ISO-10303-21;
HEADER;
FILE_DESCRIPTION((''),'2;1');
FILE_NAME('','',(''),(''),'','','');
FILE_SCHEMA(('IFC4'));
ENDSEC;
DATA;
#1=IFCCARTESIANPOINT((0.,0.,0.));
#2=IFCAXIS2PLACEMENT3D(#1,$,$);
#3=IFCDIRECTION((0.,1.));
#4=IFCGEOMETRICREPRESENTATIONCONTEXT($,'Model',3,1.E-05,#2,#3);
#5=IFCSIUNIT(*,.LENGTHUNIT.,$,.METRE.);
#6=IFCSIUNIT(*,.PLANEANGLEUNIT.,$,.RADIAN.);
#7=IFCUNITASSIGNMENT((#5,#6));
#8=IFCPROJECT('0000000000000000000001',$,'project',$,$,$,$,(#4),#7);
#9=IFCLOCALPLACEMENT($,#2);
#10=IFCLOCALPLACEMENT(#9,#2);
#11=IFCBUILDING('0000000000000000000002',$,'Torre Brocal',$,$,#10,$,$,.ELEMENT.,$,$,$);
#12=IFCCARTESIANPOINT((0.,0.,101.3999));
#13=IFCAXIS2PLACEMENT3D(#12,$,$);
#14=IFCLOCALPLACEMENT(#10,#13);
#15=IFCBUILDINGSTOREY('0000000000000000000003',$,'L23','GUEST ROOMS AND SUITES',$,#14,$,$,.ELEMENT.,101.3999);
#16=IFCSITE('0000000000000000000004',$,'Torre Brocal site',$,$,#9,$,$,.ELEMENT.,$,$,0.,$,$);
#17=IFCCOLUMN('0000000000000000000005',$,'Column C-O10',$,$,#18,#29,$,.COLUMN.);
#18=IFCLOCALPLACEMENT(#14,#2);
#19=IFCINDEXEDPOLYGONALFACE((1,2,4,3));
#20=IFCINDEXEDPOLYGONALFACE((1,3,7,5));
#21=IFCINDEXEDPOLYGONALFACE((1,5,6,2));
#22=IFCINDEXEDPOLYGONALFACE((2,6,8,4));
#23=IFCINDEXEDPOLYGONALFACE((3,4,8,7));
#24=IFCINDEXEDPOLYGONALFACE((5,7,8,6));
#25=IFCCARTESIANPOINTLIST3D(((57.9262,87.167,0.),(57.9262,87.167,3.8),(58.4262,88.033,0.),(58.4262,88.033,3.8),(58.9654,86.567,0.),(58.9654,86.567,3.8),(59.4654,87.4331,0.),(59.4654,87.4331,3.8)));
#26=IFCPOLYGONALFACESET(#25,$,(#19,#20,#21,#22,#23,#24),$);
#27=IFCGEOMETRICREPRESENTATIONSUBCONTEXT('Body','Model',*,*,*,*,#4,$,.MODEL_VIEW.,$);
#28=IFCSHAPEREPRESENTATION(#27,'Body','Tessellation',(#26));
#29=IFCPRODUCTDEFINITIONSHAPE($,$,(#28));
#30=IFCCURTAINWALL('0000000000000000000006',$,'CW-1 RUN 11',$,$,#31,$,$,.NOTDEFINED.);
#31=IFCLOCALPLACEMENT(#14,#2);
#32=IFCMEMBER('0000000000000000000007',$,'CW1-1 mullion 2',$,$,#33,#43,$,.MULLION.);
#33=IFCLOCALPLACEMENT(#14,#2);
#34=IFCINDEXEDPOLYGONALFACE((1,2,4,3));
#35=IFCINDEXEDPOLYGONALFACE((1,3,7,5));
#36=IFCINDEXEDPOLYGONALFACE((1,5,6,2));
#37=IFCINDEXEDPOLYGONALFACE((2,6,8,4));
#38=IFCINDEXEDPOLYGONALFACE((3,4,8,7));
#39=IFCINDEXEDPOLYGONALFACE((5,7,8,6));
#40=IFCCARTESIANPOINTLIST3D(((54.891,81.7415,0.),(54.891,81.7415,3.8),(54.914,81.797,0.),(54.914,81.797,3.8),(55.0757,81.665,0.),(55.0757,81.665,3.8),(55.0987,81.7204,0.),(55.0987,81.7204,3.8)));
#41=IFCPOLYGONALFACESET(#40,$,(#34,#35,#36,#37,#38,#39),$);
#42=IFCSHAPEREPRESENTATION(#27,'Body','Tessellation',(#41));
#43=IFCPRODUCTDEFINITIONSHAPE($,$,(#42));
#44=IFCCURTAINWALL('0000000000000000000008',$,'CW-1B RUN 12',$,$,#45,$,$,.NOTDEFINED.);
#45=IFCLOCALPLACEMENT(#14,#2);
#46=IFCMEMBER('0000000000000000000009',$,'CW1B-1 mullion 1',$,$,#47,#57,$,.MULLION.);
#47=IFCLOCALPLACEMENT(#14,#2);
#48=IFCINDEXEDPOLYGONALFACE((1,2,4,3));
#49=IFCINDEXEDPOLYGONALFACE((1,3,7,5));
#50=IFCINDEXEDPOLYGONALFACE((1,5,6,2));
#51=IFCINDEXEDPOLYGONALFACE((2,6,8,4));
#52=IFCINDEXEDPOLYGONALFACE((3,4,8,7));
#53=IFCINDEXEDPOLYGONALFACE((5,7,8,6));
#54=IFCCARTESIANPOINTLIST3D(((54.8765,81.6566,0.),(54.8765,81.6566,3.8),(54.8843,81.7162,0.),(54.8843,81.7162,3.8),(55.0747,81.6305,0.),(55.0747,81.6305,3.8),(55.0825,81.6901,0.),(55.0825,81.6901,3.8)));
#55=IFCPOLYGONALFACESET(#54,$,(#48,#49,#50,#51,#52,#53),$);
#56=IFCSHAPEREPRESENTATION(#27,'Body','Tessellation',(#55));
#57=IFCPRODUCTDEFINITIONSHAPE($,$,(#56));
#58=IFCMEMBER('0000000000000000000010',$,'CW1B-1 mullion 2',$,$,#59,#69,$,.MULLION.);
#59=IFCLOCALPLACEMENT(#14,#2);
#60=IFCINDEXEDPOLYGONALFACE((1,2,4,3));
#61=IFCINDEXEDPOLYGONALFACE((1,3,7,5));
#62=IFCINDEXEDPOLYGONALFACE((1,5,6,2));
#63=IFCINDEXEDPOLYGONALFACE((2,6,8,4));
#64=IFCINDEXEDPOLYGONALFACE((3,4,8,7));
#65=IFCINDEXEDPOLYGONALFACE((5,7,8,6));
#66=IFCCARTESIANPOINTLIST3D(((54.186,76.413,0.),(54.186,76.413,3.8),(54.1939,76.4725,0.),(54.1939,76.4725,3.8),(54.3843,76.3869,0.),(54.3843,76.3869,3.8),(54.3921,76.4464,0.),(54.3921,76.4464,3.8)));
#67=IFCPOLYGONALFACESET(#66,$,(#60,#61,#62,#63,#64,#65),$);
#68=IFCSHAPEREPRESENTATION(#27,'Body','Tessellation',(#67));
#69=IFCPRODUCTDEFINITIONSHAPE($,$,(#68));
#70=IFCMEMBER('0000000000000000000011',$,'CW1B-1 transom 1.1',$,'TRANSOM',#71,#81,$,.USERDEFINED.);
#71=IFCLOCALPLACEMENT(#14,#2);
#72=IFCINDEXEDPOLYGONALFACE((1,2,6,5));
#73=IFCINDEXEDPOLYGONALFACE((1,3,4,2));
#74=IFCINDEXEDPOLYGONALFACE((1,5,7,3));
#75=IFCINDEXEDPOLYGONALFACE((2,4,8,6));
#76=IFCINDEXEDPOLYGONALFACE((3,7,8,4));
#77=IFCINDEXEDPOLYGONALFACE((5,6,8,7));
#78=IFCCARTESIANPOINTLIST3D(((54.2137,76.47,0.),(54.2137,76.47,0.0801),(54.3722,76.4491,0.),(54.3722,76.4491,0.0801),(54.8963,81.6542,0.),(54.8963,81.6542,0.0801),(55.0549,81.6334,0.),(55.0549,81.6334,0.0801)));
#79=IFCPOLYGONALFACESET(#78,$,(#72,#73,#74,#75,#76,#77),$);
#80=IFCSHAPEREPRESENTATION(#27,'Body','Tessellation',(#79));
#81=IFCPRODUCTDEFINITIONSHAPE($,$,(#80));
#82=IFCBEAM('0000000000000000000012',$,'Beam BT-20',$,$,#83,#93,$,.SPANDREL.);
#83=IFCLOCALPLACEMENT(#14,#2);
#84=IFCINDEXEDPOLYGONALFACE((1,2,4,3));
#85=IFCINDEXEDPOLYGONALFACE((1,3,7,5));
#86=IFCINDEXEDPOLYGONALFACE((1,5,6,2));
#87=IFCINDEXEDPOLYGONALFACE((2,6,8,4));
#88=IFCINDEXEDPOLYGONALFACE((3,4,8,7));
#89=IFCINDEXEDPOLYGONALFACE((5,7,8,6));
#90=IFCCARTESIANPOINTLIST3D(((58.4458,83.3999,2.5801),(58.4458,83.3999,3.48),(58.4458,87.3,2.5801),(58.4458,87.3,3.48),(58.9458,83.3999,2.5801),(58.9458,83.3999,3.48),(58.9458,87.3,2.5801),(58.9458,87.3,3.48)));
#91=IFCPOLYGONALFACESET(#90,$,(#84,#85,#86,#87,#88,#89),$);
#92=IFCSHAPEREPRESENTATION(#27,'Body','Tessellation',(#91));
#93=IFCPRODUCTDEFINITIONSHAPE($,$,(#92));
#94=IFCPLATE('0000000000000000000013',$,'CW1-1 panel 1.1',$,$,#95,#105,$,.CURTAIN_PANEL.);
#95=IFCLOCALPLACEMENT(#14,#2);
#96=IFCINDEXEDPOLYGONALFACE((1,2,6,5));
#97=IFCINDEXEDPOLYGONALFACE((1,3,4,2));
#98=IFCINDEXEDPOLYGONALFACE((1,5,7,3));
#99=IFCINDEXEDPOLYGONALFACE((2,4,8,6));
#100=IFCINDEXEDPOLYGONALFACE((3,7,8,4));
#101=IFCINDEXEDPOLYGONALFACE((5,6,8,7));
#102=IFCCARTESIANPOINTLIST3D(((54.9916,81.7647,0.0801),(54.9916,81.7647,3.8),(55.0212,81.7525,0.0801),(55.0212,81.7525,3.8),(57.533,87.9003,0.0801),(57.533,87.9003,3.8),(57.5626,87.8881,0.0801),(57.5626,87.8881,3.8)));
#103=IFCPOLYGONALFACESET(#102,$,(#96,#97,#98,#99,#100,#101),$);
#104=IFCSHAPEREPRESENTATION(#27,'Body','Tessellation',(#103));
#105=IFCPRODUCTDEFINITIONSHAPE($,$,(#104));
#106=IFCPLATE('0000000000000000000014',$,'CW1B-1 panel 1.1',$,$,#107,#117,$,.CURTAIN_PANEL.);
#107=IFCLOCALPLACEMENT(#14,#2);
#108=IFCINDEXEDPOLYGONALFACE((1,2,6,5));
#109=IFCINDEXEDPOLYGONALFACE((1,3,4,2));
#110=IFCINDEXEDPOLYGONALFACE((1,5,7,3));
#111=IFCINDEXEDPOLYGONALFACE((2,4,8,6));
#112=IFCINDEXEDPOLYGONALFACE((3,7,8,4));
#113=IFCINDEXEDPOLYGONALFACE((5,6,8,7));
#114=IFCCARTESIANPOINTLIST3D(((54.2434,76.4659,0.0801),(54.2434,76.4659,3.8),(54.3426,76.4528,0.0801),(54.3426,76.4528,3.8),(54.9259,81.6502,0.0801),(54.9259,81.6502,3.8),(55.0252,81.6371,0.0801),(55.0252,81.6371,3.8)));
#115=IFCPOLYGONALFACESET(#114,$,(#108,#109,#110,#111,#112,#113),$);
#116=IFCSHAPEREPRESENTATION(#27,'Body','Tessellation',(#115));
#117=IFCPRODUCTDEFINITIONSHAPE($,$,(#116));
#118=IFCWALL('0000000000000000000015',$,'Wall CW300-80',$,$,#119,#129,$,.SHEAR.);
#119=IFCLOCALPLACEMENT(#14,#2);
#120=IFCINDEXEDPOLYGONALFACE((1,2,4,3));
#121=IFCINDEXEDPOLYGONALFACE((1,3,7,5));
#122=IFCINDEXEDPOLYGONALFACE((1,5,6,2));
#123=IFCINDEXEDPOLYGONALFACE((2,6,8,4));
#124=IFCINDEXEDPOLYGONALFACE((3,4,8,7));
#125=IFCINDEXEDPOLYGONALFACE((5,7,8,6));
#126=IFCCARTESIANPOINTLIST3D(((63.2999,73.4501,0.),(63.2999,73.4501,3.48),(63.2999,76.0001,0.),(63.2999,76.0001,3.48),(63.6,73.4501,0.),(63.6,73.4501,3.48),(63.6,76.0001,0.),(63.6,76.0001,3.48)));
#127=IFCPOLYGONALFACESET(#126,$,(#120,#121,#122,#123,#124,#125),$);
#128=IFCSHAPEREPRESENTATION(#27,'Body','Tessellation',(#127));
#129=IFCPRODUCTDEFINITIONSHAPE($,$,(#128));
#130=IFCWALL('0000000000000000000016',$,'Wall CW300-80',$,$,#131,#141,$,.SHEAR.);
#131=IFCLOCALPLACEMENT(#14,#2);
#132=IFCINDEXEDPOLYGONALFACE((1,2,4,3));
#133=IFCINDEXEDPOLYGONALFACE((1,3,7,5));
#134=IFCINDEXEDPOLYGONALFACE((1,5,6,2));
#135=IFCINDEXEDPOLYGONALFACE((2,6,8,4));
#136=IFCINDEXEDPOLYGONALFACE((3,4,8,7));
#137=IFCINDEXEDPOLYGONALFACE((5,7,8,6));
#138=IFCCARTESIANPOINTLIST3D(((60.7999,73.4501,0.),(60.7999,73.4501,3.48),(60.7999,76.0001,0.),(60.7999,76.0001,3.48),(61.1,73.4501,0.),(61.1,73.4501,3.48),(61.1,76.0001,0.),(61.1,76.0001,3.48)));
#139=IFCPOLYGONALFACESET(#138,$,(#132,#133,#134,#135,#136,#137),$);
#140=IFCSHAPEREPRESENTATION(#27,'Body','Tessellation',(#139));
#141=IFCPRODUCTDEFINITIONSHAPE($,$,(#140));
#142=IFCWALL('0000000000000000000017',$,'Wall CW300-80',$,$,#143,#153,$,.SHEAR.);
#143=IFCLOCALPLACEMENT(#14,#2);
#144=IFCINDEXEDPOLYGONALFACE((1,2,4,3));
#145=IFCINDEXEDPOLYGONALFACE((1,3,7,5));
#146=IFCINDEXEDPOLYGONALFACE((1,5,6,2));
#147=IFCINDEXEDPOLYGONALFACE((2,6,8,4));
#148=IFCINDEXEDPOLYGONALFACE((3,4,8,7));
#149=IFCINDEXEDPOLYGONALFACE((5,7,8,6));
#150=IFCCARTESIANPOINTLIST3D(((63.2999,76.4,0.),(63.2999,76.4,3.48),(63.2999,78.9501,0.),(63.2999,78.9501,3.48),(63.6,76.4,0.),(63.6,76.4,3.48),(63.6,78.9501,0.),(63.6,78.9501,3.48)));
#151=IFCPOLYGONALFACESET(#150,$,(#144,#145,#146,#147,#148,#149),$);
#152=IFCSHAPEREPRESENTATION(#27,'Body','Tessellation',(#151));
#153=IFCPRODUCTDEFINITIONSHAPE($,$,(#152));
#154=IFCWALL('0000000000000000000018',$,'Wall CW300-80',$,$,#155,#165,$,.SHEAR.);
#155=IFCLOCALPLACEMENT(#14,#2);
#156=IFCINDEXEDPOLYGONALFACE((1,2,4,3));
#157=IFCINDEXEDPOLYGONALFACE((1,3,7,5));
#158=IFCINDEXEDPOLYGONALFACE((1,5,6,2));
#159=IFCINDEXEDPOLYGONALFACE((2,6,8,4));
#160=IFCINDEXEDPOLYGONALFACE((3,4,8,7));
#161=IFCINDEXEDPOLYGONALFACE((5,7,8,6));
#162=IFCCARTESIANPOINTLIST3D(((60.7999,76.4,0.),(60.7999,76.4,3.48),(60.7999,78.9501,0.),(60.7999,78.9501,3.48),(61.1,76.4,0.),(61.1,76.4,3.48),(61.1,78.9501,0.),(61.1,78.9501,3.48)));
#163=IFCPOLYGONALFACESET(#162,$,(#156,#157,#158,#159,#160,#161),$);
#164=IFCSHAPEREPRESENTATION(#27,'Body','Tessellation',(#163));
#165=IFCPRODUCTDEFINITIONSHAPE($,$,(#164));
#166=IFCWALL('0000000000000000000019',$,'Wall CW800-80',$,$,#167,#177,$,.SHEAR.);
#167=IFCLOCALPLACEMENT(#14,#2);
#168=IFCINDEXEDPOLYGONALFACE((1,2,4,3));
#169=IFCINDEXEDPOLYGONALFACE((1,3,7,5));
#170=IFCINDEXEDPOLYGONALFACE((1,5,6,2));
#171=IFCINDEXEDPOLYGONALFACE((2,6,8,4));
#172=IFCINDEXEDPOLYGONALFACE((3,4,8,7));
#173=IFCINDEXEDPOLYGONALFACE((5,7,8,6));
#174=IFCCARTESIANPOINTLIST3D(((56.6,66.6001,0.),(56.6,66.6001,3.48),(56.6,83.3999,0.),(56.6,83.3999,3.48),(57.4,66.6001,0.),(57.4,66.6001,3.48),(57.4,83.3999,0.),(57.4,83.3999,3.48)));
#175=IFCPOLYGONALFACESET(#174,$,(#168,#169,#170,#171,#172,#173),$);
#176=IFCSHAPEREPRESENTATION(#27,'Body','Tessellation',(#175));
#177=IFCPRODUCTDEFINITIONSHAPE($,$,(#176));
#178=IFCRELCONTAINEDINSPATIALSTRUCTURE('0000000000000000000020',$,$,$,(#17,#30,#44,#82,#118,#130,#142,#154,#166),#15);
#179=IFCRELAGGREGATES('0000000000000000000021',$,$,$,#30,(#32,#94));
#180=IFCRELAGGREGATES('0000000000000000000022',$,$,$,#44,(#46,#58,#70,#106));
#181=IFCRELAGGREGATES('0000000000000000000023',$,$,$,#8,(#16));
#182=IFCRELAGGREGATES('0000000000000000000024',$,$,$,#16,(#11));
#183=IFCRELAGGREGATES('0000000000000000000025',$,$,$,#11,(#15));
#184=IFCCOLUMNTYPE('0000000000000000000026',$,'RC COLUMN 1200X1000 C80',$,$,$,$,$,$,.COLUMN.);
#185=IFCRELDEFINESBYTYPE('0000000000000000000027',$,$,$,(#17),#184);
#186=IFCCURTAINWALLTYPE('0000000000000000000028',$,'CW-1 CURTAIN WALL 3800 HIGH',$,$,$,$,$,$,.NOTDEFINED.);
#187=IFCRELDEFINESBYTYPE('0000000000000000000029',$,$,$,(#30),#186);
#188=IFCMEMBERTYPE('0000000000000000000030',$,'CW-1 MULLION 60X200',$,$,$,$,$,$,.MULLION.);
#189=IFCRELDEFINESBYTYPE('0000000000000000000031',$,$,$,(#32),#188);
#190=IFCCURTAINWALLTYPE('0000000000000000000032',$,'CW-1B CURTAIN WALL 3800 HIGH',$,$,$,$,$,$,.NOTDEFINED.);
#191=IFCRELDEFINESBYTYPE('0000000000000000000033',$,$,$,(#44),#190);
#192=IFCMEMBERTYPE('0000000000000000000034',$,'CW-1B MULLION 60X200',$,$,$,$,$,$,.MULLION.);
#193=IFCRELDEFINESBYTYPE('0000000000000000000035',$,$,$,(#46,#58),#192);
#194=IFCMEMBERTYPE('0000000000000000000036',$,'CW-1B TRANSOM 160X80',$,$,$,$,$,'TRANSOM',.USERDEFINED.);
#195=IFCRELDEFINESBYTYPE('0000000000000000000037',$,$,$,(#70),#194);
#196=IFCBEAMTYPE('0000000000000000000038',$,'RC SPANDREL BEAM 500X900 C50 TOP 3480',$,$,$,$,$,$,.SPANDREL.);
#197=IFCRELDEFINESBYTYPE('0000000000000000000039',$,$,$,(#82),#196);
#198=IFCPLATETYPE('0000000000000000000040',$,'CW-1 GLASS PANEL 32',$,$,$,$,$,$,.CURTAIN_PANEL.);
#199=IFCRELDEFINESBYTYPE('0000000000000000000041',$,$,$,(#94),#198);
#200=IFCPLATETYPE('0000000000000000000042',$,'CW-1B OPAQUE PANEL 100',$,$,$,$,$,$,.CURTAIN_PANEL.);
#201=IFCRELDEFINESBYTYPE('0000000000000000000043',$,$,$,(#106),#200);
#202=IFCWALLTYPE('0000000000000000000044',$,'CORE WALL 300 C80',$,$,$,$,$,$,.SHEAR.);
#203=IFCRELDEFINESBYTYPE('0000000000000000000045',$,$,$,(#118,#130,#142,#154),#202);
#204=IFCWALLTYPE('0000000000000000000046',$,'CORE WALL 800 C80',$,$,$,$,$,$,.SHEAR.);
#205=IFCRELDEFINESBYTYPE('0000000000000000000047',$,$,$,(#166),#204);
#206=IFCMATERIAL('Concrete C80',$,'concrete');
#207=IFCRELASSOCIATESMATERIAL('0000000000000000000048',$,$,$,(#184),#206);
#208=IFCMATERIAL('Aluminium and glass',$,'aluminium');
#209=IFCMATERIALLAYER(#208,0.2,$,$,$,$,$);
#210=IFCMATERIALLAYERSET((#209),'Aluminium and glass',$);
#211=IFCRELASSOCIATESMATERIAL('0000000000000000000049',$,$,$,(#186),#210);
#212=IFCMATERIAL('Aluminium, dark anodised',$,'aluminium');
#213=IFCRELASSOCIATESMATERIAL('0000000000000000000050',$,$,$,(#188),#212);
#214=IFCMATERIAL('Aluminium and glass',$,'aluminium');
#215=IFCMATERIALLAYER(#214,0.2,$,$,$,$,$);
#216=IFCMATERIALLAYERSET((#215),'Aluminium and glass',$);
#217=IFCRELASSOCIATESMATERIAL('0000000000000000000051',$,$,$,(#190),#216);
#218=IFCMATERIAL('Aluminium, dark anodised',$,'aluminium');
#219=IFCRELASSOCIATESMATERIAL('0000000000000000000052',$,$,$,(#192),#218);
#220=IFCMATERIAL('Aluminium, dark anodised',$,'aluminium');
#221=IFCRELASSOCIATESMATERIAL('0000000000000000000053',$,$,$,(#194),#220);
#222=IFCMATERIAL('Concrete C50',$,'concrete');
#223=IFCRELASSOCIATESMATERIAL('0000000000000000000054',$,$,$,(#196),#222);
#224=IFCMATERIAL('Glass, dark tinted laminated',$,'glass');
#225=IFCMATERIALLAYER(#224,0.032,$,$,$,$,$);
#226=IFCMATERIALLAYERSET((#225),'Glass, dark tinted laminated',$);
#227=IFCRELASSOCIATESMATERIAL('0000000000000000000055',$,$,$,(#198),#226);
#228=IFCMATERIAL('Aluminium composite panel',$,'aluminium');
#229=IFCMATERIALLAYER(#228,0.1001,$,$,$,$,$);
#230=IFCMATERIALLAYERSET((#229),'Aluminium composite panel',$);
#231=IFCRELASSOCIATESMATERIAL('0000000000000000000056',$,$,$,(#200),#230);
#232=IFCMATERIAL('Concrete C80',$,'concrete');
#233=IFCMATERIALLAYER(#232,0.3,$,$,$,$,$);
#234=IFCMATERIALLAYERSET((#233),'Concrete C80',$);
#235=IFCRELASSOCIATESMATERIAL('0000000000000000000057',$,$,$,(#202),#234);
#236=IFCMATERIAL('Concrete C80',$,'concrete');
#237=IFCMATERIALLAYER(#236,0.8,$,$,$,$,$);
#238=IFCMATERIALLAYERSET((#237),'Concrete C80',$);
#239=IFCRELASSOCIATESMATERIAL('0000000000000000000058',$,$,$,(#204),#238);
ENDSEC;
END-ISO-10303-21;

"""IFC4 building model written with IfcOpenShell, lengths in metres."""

from ifc_helpers import new_model, si_unit, direction, frame, frame_2d, origin, origin_2d, place, context, subcontext, project, spatial, rectangle, extrude, material, layer, layer_set, material_profile, profile_set, type_object, element, aggregate, save


model = new_model("IFC4")

# Units and contexts
model_context = context("Model", 3, precision=1e-05, world=origin(), true_north=direction((0.0, 1.0)))
body_context = subcontext(model_context, "Body", "Model", "MODEL_VIEW")
ifc_project = project(units=[si_unit("LENGTHUNIT", "METRE"), si_unit("PLANEANGLEUNIT", "RADIAN")], contexts=[model_context])

# Site, building, storey
site_placement = place(None, origin())
site = spatial("IfcSite", under=ifc_project, at=site_placement, Name="Torre Brocal site", CompositionType="ELEMENT", RefElevation=0.0)
building_placement = place(site_placement, origin())
building = spatial("IfcBuilding", under=site, at=building_placement, Name="Torre Brocal", CompositionType="ELEMENT")
storey_placement = place(building_placement, frame((0.0, 0.0, 101.3999)))
storey = spatial("IfcBuildingStorey", under=building, at=storey_placement, Name="L23", Description="GUEST ROOMS AND SUITES", CompositionType="ELEMENT", Elevation=101.3999)

# Column
ifc_material_1 = material(Name="Concrete C80", Category="concrete")
ifc_material_profile_1 = material_profile(ifc_material_1, rectangle(XDim=1.2, YDim=1.0, at=origin_2d()), Name="RC 1200X1000")
ifc_profile_set_1 = profile_set([ifc_material_profile_1], Name="Concrete C80")
column_type = type_object("IfcColumnType", Name="RC COLUMN 1200X1000 C80", PredefinedType="COLUMN", material=ifc_profile_set_1)
column_placement = place(storey_placement, frame((58.6958, 87.3, 0.0), z_axis=(0.0, 0.0, 1.0), x_axis=(-0.866025, 0.5, 0.0)))
element("IfcColumn", 1, at=column_placement, inside=storey, type_object=column_type, Name="Column C-O10", PredefinedType="COLUMN", context=body_context, shape_type="SweptSolid", body=[
    extrude(rectangle(XDim=1.2, YDim=1.0, at=origin_2d()), origin(), (0.0, 0.0, 1.0), 3.8),
])

# Curtain wall, member
ifc_material_2 = material(Name="Aluminium and glass", Category="aluminium")
ifc_layer_1 = layer(ifc_material_2, 0.2)
ifc_layer_set_1 = layer_set([ifc_layer_1], Name="Aluminium and glass")
curtain_wall_type_1 = type_object("IfcCurtainWallType", Name="CW-1 CURTAIN WALL 3800 HIGH", PredefinedType="NOTDEFINED", material=ifc_layer_set_1)
curtain_wall_1_placement = place(storey_placement, origin())
curtain_wall_1 = element("IfcCurtainWall", 2, at=curtain_wall_1_placement, inside=storey, type_object=curtain_wall_type_1, Name="CW-1 RUN 11", PredefinedType="NOTDEFINED")
ifc_material_3 = material(Name="Aluminium, dark anodised", Category="aluminium")
ifc_material_profile_2 = material_profile(ifc_material_3, rectangle(XDim=0.2, YDim=0.0601, at=origin_2d()), Name="CW-1 MULLION 60X200")
ifc_profile_set_2 = profile_set([ifc_material_profile_2], Name="Aluminium, dark anodised")
member_type_1 = type_object("IfcMemberType", Name="CW-1 MULLION 60X200", PredefinedType="MULLION", material=ifc_profile_set_2)
member_1_placement = place(storey_placement, frame((54.9949, 81.731, 0.0), z_axis=(0.0, 0.0, 1.0), x_axis=(0.92388, -0.382683, 0.0)))
member_1 = element("IfcMember", 3, at=member_1_placement, type_object=member_type_1, Name="CW1-1 mullion 2", PredefinedType="MULLION", context=body_context, shape_type="SweptSolid", body=[
    extrude(rectangle(XDim=0.2, YDim=0.0601, at=origin_2d()), origin(), (0.0, 0.0, 1.0), 3.8),
])

# Curtain wall, members
ifc_material_4 = material(Name="Aluminium and glass", Category="aluminium")
ifc_layer_2 = layer(ifc_material_4, 0.2)
ifc_layer_set_2 = layer_set([ifc_layer_2], Name="Aluminium and glass")
curtain_wall_type_2 = type_object("IfcCurtainWallType", Name="CW-1B CURTAIN WALL 3800 HIGH", PredefinedType="NOTDEFINED", material=ifc_layer_set_2)
curtain_wall_2_placement = place(storey_placement, origin())
curtain_wall_2 = element("IfcCurtainWall", 4, at=curtain_wall_2_placement, inside=storey, type_object=curtain_wall_type_2, Name="CW-1B RUN 12", PredefinedType="NOTDEFINED")
ifc_material_5 = material(Name="Aluminium, dark anodised", Category="aluminium")
ifc_material_profile_3 = material_profile(ifc_material_5, rectangle(XDim=0.2, YDim=0.0601, at=origin_2d()), Name="CW-1B MULLION 60X200")
ifc_profile_set_3 = profile_set([ifc_material_profile_3], Name="Aluminium, dark anodised")
member_type_2 = type_object("IfcMemberType", Name="CW-1B MULLION 60X200", PredefinedType="MULLION", material=ifc_profile_set_3)
member_2_placement = place(storey_placement, frame((54.9795, 81.6733, 0.0), z_axis=(0.0, 0.0, 1.0), x_axis=(0.991445, -0.130526, 0.0)))
member_2 = element("IfcMember", 5, at=member_2_placement, type_object=member_type_2, Name="CW1B-1 mullion 1", PredefinedType="MULLION", context=body_context, shape_type="SweptSolid", body=[
    extrude(rectangle(XDim=0.2, YDim=0.0601, at=origin_2d()), origin(), (0.0, 0.0, 1.0), 3.8),
])
member_3_placement = place(storey_placement, frame((54.2891, 76.4297, 0.0), z_axis=(0.0, 0.0, 1.0), x_axis=(0.991445, -0.130526, 0.0)))
member_3 = element("IfcMember", 6, at=member_3_placement, type_object=member_type_2, Name="CW1B-1 mullion 2", PredefinedType="MULLION", context=body_context, shape_type="SweptSolid", body=[
    extrude(rectangle(XDim=0.2, YDim=0.0601, at=origin_2d()), origin(), (0.0, 0.0, 1.0), 3.8),
])
ifc_material_6 = material(Name="Aluminium, dark anodised", Category="aluminium")
ifc_material_profile_4 = material_profile(ifc_material_6, rectangle(XDim=0.1599, YDim=0.0801, at=origin_2d()), Name="CW-1B TRANSOM 160X80")
ifc_profile_set_4 = profile_set([ifc_material_profile_4], Name="Aluminium, dark anodised")
member_type_3 = type_object("IfcMemberType", Name="CW-1B TRANSOM 160X80", ElementType="TRANSOM", PredefinedType="USERDEFINED", material=ifc_profile_set_4)
member_4_placement = place(storey_placement, frame((54.9756, 81.6438, 0.04), z_axis=(-0.130543, -0.991443, 0.0), x_axis=(0.991443, -0.130543, 0.0)))
member_4 = element("IfcMember", 7, at=member_4_placement, type_object=member_type_3, Name="CW1B-1 transom 1.1", ObjectType="TRANSOM", PredefinedType="USERDEFINED", context=body_context, shape_type="SweptSolid", body=[
    extrude(rectangle(XDim=0.1599, YDim=0.0801, at=origin_2d()), origin(), (0.0, 0.0, 1.0), 5.229),
])

# Beam
ifc_material_7 = material(Name="Concrete C50", Category="concrete")
ifc_material_profile_5 = material_profile(ifc_material_7, rectangle(XDim=0.5, YDim=0.8999, at=origin_2d()), Name="RC 500X900")
ifc_profile_set_5 = profile_set([ifc_material_profile_5], Name="Concrete C50")
beam_type = type_object("IfcBeamType", Name="RC SPANDREL BEAM 500X900 C50 TOP 3480", PredefinedType="SPANDREL", material=ifc_profile_set_5)
beam_placement = place(storey_placement, frame((58.6958, 87.3, 3.03), z_axis=(0.0, -1.0, 0.0), x_axis=(1.0, 0.0, 0.0)))
element("IfcBeam", 8, at=beam_placement, inside=storey, type_object=beam_type, Name="Beam BT-20", PredefinedType="SPANDREL", context=body_context, shape_type="SweptSolid", body=[
    extrude(rectangle(XDim=0.5, YDim=0.8999, at=origin_2d()), origin(), (0.0, 0.0, 1.0), 3.9001),
])

# Plates
ifc_material_8 = material(Name="Glass, dark tinted laminated", Category="glass")
ifc_layer_3 = layer(ifc_material_8, 0.032)
ifc_layer_set_3 = layer_set([ifc_layer_3], Name="Glass, dark tinted laminated")
plate_type_1 = type_object("IfcPlateType", Name="CW-1 GLASS PANEL 32", PredefinedType="CURTAIN_PANEL", material=ifc_layer_set_3)
plate_1_placement = place(storey_placement, frame((56.2771, 84.8264, 0.0801), z_axis=(0.0, 0.0, 1.0), x_axis=(-0.382683, -0.92388, 0.0)))
plate_1 = element("IfcPlate", 9, at=plate_1_placement, type_object=plate_type_1, Name="CW1-1 panel 1.1", PredefinedType="CURTAIN_PANEL", context=body_context, shape_type="SweptSolid", body=[
    extrude(rectangle(XDim=6.6411, YDim=0.032, at=origin_2d()), origin(), (0.0, 0.0, 1.0), 3.72),
])
aggregate(curtain_wall_1, [member_1, plate_1])
ifc_material_9 = material(Name="Aluminium composite panel", Category="aluminium")
ifc_layer_4 = layer(ifc_material_9, 0.1001)
ifc_layer_set_4 = layer_set([ifc_layer_4], Name="Aluminium composite panel")
plate_type_2 = type_object("IfcPlateType", Name="CW-1B OPAQUE PANEL 100", PredefinedType="CURTAIN_PANEL", material=ifc_layer_set_4)
plate_2_placement = place(storey_placement, frame((54.6343, 79.0515, 0.0801), z_axis=(0.0, 0.0, 1.0), x_axis=(-0.130526, -0.991445, 0.0)))
plate_2 = element("IfcPlate", 10, at=plate_2_placement, type_object=plate_type_2, Name="CW1B-1 panel 1.1", PredefinedType="CURTAIN_PANEL", context=body_context, shape_type="SweptSolid", body=[
    extrude(rectangle(XDim=5.229, YDim=0.1001, at=origin_2d()), origin(), (0.0, 0.0, 1.0), 3.72),
])
aggregate(curtain_wall_2, [member_2, member_3, member_4, plate_2])

# Walls
ifc_material_10 = material(Name="Concrete C80", Category="concrete")
ifc_layer_5 = layer(ifc_material_10, 0.3)
ifc_layer_set_5 = layer_set([ifc_layer_5], Name="Concrete C80")
wall_type_1 = type_object("IfcWallType", Name="CORE WALL 300 C80", PredefinedType="SHEAR", material=ifc_layer_set_5)
for number, where, z_axis, x_axis, name in (
    (11, (63.45, 76.0, 0.0), (0.0, 0.0, 1.0), (0.0, -1.0, 0.0), "Wall CW300-80"),
    (12, (60.95, 76.0, 0.0), (0.0, 0.0, 1.0), (0.0, -1.0, 0.0), "Wall CW300-80"),
    (13, (63.45, 78.95, 0.0), (0.0, 0.0, 1.0), (0.0, -1.0, 0.0), "Wall CW300-80"),
    (14, (60.95, 78.95, 0.0), (0.0, 0.0, 1.0), (0.0, -1.0, 0.0), "Wall CW300-80"),
):
    element("IfcWall", number, at=place(storey_placement, frame(where, z_axis=z_axis, x_axis=x_axis)), inside=storey, type_object=wall_type_1, Name=name, PredefinedType="SHEAR", context=body_context, shape_type="SweptSolid", body=[
        extrude(rectangle(XDim=2.55, YDim=0.3, at=frame_2d((1.2749, 0.0))), origin(), (0.0, 0.0, 1.0), 3.48),
    ])
ifc_material_11 = material(Name="Concrete C80", Category="concrete")
ifc_layer_6 = layer(ifc_material_11, 0.8)
ifc_layer_set_6 = layer_set([ifc_layer_6], Name="Concrete C80")
wall_type_2 = type_object("IfcWallType", Name="CORE WALL 800 C80", PredefinedType="SHEAR", material=ifc_layer_set_6)
wall_1_placement = place(storey_placement, frame((57.0, 83.3999, 0.0), z_axis=(0.0, 0.0, 1.0), x_axis=(0.0, -1.0, 0.0)))
element("IfcWall", 15, at=wall_1_placement, inside=storey, type_object=wall_type_2, Name="Wall CW800-80", PredefinedType="SHEAR", context=body_context, shape_type="SweptSolid", body=[
    extrude(rectangle(XDim=16.7998, YDim=0.8, at=frame_2d((8.3999, 0.0))), origin(), (0.0, 0.0, 1.0), 3.48),
])

save(model, "model.ifc")
